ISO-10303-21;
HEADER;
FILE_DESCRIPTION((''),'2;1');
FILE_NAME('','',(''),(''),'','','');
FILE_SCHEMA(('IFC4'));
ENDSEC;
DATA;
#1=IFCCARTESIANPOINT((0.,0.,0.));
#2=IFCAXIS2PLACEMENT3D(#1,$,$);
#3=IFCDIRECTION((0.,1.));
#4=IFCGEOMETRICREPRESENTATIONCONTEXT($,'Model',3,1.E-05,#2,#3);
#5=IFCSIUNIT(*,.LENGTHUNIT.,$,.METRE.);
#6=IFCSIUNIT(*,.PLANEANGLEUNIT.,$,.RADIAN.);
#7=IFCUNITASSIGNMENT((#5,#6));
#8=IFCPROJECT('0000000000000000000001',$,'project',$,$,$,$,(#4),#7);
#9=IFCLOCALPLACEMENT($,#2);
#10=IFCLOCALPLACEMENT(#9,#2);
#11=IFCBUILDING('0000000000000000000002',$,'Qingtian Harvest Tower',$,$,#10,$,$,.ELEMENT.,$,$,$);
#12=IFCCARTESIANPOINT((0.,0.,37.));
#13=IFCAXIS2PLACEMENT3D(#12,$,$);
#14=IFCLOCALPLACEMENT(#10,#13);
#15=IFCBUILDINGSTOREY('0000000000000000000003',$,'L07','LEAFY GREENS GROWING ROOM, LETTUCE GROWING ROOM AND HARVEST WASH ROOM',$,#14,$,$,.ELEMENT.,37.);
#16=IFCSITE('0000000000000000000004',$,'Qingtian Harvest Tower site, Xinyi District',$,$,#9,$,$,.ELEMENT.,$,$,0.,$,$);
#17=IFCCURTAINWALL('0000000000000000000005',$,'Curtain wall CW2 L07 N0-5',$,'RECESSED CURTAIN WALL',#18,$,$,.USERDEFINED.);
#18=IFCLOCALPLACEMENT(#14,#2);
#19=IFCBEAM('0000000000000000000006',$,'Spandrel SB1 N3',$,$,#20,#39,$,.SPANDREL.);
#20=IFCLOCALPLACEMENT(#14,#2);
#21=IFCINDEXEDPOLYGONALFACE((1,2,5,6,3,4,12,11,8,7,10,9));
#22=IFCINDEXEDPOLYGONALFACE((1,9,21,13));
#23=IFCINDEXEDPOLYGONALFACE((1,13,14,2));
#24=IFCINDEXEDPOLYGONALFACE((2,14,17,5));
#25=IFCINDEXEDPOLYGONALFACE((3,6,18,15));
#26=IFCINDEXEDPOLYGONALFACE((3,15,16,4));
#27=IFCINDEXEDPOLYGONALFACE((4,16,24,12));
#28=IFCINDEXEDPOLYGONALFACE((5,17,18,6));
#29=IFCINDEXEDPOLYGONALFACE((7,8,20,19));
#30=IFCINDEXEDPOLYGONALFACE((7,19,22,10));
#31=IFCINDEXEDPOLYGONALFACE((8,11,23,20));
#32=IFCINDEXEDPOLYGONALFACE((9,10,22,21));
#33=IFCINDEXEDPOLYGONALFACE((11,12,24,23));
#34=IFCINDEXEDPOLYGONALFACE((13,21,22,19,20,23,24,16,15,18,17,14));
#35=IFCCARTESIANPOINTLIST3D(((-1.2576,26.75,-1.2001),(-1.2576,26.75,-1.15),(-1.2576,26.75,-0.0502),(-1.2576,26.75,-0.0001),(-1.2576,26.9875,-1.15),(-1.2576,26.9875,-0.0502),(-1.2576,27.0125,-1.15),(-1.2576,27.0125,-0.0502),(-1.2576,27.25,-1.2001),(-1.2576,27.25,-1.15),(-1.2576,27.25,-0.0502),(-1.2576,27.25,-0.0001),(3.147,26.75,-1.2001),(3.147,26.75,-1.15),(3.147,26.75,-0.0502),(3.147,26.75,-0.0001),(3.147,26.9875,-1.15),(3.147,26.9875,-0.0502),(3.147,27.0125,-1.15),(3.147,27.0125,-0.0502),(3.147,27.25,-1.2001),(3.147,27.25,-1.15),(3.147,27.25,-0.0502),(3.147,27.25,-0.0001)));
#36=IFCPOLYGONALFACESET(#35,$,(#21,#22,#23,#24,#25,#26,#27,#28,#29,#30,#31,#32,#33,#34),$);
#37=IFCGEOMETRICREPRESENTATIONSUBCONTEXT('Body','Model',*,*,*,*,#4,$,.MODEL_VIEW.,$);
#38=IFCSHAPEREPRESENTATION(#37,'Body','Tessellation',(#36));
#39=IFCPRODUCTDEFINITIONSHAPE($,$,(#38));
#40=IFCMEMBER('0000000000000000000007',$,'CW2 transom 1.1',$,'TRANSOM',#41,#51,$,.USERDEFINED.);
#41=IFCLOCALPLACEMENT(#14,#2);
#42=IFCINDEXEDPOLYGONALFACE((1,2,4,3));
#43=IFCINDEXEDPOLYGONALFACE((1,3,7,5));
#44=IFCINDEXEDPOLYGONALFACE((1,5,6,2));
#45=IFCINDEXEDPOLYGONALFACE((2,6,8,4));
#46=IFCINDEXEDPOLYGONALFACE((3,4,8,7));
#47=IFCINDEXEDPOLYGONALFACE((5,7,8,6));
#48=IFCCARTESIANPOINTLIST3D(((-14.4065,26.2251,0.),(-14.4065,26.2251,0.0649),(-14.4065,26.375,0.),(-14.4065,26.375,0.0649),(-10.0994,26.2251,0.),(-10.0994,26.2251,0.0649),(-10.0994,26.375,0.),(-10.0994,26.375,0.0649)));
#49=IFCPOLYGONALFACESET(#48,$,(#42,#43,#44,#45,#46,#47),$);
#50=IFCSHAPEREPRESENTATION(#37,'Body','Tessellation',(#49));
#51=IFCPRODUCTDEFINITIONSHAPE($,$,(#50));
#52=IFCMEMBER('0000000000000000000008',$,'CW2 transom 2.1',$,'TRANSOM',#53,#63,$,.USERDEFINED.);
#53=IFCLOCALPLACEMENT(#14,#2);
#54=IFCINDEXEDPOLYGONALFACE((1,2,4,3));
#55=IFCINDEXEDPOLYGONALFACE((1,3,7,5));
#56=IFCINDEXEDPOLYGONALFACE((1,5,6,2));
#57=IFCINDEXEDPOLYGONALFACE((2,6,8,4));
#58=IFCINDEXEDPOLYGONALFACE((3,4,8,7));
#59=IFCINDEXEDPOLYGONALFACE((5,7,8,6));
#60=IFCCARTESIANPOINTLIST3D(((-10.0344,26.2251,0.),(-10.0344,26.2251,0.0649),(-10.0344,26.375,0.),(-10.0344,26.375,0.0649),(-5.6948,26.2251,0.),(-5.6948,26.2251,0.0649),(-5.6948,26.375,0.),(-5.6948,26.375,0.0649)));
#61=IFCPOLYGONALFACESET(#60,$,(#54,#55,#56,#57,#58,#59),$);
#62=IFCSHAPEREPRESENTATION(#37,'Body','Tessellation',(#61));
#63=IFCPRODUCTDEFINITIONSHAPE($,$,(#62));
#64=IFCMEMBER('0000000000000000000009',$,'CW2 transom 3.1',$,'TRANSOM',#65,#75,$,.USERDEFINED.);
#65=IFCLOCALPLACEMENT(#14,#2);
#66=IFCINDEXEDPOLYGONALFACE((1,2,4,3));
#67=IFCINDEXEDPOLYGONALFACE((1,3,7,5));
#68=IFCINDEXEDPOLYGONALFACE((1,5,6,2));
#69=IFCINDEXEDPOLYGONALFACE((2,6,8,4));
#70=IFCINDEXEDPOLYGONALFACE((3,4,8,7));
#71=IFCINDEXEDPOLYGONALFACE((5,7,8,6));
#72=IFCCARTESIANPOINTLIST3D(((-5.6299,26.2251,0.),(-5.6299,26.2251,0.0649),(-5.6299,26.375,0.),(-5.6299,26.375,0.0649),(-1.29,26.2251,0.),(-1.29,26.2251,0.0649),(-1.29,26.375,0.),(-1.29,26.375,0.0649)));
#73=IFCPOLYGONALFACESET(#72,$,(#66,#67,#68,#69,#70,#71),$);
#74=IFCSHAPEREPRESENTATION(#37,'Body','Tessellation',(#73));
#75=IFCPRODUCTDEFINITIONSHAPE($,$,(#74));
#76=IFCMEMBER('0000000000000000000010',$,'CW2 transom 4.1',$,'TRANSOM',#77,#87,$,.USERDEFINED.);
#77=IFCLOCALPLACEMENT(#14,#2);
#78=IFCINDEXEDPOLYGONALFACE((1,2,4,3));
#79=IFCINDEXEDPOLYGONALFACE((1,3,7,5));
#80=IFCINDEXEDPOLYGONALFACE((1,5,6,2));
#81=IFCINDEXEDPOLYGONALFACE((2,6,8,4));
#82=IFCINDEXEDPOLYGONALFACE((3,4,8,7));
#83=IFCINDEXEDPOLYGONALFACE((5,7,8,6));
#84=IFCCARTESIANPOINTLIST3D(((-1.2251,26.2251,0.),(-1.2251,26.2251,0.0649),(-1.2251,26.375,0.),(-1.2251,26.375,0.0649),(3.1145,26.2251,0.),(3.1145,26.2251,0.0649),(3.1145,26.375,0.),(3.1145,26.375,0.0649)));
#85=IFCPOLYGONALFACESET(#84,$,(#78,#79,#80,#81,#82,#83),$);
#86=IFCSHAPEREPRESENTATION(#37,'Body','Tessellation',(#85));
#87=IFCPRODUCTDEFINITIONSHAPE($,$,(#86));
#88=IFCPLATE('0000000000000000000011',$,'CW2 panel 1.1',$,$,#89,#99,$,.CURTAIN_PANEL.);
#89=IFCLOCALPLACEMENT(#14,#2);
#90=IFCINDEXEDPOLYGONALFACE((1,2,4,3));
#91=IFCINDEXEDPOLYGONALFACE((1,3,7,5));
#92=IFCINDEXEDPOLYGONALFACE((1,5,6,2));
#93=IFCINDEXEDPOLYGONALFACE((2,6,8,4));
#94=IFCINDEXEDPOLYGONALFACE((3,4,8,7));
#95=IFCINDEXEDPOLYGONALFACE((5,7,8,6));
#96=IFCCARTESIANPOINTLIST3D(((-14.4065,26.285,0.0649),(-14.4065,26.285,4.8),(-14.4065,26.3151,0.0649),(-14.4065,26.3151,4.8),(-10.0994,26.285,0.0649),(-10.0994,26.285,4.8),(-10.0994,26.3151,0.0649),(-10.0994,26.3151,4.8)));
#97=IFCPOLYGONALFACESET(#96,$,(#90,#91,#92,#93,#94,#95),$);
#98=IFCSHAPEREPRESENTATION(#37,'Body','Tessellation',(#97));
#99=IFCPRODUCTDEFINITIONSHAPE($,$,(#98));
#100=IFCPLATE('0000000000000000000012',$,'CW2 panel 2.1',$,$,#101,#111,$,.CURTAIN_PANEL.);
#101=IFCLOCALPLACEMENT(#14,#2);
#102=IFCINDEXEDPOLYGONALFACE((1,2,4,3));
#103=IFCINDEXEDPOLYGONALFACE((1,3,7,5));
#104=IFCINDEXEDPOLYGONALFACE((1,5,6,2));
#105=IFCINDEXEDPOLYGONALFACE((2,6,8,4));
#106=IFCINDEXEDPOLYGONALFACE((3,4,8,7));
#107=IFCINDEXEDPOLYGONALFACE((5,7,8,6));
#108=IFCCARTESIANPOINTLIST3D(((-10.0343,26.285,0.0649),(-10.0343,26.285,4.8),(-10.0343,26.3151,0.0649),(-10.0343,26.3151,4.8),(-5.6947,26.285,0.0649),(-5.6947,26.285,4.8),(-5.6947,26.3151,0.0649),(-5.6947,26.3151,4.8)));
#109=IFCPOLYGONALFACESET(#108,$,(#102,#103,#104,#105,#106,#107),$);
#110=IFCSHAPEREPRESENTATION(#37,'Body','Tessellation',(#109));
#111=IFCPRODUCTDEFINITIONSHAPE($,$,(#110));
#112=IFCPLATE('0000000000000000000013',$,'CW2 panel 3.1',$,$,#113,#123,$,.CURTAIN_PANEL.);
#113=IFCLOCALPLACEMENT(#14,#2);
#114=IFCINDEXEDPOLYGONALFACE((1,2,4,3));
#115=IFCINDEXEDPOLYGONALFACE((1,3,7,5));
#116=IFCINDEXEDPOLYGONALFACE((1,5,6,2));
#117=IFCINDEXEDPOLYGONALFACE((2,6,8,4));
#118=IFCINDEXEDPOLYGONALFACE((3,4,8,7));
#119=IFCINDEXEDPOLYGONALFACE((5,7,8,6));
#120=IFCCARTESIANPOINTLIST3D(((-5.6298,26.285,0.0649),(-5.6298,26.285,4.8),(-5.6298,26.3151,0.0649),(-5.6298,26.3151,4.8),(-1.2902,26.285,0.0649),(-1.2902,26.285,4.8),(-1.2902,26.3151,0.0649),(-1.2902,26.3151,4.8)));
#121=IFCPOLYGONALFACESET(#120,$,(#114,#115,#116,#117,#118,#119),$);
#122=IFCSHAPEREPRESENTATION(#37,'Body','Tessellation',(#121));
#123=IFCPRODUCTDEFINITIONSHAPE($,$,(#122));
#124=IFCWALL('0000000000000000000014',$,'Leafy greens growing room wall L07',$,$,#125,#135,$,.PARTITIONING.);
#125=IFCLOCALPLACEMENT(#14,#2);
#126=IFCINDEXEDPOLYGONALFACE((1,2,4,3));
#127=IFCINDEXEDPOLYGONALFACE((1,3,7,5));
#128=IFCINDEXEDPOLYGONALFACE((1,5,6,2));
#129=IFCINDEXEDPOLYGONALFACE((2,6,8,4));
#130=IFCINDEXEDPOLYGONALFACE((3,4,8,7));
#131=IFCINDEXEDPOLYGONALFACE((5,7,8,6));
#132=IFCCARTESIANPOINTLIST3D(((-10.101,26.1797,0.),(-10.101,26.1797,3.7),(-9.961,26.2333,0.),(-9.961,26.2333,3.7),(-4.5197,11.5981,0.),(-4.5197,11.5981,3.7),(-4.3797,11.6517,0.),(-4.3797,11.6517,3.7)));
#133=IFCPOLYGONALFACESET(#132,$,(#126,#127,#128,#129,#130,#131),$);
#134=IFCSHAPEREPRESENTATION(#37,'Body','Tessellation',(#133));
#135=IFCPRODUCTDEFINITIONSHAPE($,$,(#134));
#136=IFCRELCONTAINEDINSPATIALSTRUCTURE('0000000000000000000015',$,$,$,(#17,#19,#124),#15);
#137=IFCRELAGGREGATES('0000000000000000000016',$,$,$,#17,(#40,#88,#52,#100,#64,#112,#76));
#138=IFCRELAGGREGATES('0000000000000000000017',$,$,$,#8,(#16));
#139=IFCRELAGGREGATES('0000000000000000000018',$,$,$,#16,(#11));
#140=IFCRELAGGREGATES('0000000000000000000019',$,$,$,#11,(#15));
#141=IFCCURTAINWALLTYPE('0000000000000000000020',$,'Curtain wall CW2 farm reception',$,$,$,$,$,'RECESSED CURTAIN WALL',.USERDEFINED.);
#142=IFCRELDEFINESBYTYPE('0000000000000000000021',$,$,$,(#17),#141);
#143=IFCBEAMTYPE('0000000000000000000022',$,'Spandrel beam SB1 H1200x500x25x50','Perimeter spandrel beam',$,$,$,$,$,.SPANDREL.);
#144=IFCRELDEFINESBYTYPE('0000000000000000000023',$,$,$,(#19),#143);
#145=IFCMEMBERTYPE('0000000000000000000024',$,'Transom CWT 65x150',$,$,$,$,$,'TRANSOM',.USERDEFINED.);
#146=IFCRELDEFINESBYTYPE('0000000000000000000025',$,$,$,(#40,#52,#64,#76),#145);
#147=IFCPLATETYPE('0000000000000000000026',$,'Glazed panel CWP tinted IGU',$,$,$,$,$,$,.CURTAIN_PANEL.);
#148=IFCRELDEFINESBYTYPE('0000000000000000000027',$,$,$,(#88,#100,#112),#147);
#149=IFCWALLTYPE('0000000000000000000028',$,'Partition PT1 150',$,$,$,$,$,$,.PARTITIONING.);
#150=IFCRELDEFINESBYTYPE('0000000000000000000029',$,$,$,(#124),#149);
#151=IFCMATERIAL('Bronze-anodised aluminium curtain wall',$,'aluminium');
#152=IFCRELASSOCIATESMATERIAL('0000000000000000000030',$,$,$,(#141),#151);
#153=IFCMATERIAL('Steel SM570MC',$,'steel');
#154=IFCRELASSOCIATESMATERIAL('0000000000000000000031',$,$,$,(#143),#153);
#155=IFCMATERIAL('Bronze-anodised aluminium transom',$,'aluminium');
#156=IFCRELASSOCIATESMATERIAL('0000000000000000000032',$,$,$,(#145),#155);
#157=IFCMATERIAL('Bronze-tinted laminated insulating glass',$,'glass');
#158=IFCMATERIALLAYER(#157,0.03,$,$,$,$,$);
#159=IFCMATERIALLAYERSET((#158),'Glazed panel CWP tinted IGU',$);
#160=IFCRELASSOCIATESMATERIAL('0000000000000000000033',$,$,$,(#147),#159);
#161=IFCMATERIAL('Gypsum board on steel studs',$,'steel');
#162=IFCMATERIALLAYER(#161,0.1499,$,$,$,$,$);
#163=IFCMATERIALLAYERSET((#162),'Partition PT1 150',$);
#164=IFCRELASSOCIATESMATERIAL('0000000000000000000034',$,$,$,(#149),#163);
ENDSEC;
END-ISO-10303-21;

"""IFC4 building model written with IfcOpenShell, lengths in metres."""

from ifc_helpers import new_model, si_unit, direction, frame, frame_2d, origin, origin_2d, place, context, subcontext, project, spatial, rectangle, i_section, extrude, material, layer, layer_set, material_profile, profile_set, type_object, element, aggregate, save


model = new_model("IFC4")

# Units and contexts
model_context = context("Model", 3, precision=1e-05, world=origin(), true_north=direction((0.0, 1.0)))
body_context = subcontext(model_context, "Body", "Model", "MODEL_VIEW")
ifc_project = project(units=[si_unit("LENGTHUNIT", "METRE"), si_unit("PLANEANGLEUNIT", "RADIAN")], contexts=[model_context])

# Site, building, storey
site_placement = place(None, origin())
site = spatial("IfcSite", under=ifc_project, at=site_placement, Name="Qingtian Harvest Tower site, Xinyi District", CompositionType="ELEMENT", RefElevation=0.0)
building_placement = place(site_placement, origin())
building = spatial("IfcBuilding", under=site, at=building_placement, Name="Qingtian Harvest Tower", CompositionType="ELEMENT")
storey_placement = place(building_placement, frame((0.0, 0.0, 37.0)))
storey = spatial("IfcBuildingStorey", under=building, at=storey_placement, Name="L07", Description="LEAFY GREENS GROWING ROOM, LETTUCE GROWING ROOM AND HARVEST WASH ROOM", CompositionType="ELEMENT", Elevation=37.0)

# Curtain wall
ifc_material_1 = material(Name="Bronze-anodised aluminium curtain wall", Category="aluminium")
curtain_wall_type = type_object("IfcCurtainWallType", Name="Curtain wall CW2 farm reception", ElementType="RECESSED CURTAIN WALL", PredefinedType="USERDEFINED", material=ifc_material_1)
curtain_wall_1_placement = place(storey_placement, origin())
curtain_wall_1 = element("IfcCurtainWall", 1, at=curtain_wall_1_placement, inside=storey, type_object=curtain_wall_type, Name="Curtain wall CW2 L07 N0-5", ObjectType="RECESSED CURTAIN WALL", PredefinedType="USERDEFINED")

# Beam
ifc_material_2 = material(Name="Steel SM570MC", Category="steel")
ifc_material_profile_1 = material_profile(ifc_material_2, i_section(OverallWidth=0.5, OverallDepth=1.2, WebThickness=0.0249, FlangeThickness=0.05, at=origin_2d()), Name="H1200x500x25x50")
ifc_profile_set_1 = profile_set([ifc_material_profile_1], Name="Steel SM570MC")
beam_type_1 = type_object("IfcBeamType", Name="Spandrel beam SB1 H1200x500x25x50", Description="Perimeter spandrel beam", PredefinedType="SPANDREL", material=ifc_profile_set_1)
beam_1_placement = place(storey_placement, frame((-1.2576, 27.0, -0.6001), z_axis=(1.0, 0.0, 0.0), x_axis=(0.0, 1.0, 0.0)))
element("IfcBeam", 2, at=beam_1_placement, inside=storey, type_object=beam_type_1, Name="Spandrel SB1 N3", PredefinedType="SPANDREL", context=body_context, shape_type="SweptSolid", body=[
    extrude(i_section(OverallWidth=0.5, OverallDepth=1.2, WebThickness=0.0249, FlangeThickness=0.05, at=origin_2d()), origin(), (0.0, 0.0, 1.0), 4.4045),
])

# Members
ifc_material_3 = material(Name="Bronze-anodised aluminium transom", Category="aluminium")
ifc_material_profile_2 = material_profile(ifc_material_3, rectangle(XDim=0.1499, YDim=0.0649, at=origin_2d()), Name="AL 65x150")
ifc_profile_set_2 = profile_set([ifc_material_profile_2], Name="Bronze-anodised aluminium transom")
member_type_1 = type_object("IfcMemberType", Name="Transom CWT 65x150", ElementType="TRANSOM", PredefinedType="USERDEFINED", material=ifc_profile_set_2)
member_1_placement = place(storey_placement, frame((-14.4065, 26.3, 0.0325), z_axis=(1.0, 0.0, 0.0), x_axis=(0.0, 1.0, 0.0)))
member_1 = element("IfcMember", 3, at=member_1_placement, type_object=member_type_1, Name="CW2 transom 1.1", ObjectType="TRANSOM", PredefinedType="USERDEFINED", context=body_context, shape_type="SweptSolid", body=[
    extrude(rectangle(XDim=0.1499, YDim=0.0649, at=origin_2d()), origin(), (0.0, 0.0, 1.0), 4.3071),
])
member_2_placement = place(storey_placement, frame((-10.0344, 26.3, 0.0325), z_axis=(1.0, 0.0, 0.0), x_axis=(0.0, 1.0, 0.0)))
member_2 = element("IfcMember", 4, at=member_2_placement, type_object=member_type_1, Name="CW2 transom 2.1", ObjectType="TRANSOM", PredefinedType="USERDEFINED", context=body_context, shape_type="SweptSolid", body=[
    extrude(rectangle(XDim=0.1499, YDim=0.0649, at=origin_2d()), origin(), (0.0, 0.0, 1.0), 4.3396),
])
member_3_placement = place(storey_placement, frame((-5.6299, 26.3, 0.0325), z_axis=(1.0, 0.0, 0.0), x_axis=(0.0, 1.0, 0.0)))
member_3 = element("IfcMember", 5, at=member_3_placement, type_object=member_type_1, Name="CW2 transom 3.1", ObjectType="TRANSOM", PredefinedType="USERDEFINED", context=body_context, shape_type="SweptSolid", body=[
    extrude(rectangle(XDim=0.1499, YDim=0.0649, at=origin_2d()), origin(), (0.0, 0.0, 1.0), 4.3398),
])
member_4_placement = place(storey_placement, frame((-1.2251, 26.3, 0.0325), z_axis=(1.0, 0.0, 0.0), x_axis=(0.0, 1.0, 0.0)))
member_4 = element("IfcMember", 6, at=member_4_placement, type_object=member_type_1, Name="CW2 transom 4.1", ObjectType="TRANSOM", PredefinedType="USERDEFINED", context=body_context, shape_type="SweptSolid", body=[
    extrude(rectangle(XDim=0.1499, YDim=0.0649, at=origin_2d()), origin(), (0.0, 0.0, 1.0), 4.3396),
])

# Plates
ifc_material_4 = material(Name="Bronze-tinted laminated insulating glass", Category="glass")
ifc_layer_1 = layer(ifc_material_4, 0.03)
ifc_layer_set_1 = layer_set([ifc_layer_1], Name="Glazed panel CWP tinted IGU")
plate_type = type_object("IfcPlateType", Name="Glazed panel CWP tinted IGU", PredefinedType="CURTAIN_PANEL", material=ifc_layer_set_1)
plate_1_placement = place(storey_placement, frame((-12.2529, 26.3, 0.0649), z_axis=(0.0, 0.0, 1.0), x_axis=(1.0, 0.0, 0.0)))
plate_1 = element("IfcPlate", 7, at=plate_1_placement, type_object=plate_type, Name="CW2 panel 1.1", PredefinedType="CURTAIN_PANEL", context=body_context, shape_type="SweptSolid", body=[
    extrude(rectangle(XDim=4.3071, YDim=0.03, at=origin_2d()), origin(), (0.0, 0.0, 1.0), 4.7351),
])
plate_2_placement = place(storey_placement, frame((-7.8645, 26.3, 0.0649), z_axis=(0.0, 0.0, 1.0), x_axis=(1.0, 0.0, 0.0)))
plate_2 = element("IfcPlate", 8, at=plate_2_placement, type_object=plate_type, Name="CW2 panel 2.1", PredefinedType="CURTAIN_PANEL", context=body_context, shape_type="SweptSolid", body=[
    extrude(rectangle(XDim=4.3396, YDim=0.03, at=origin_2d()), origin(), (0.0, 0.0, 1.0), 4.7351),
])
plate_3_placement = place(storey_placement, frame((-3.46, 26.3, 0.0649), z_axis=(0.0, 0.0, 1.0), x_axis=(1.0, 0.0, 0.0)))
plate_3 = element("IfcPlate", 9, at=plate_3_placement, type_object=plate_type, Name="CW2 panel 3.1", PredefinedType="CURTAIN_PANEL", context=body_context, shape_type="SweptSolid", body=[
    extrude(rectangle(XDim=4.3396, YDim=0.03, at=origin_2d()), origin(), (0.0, 0.0, 1.0), 4.7351),
])
aggregate(curtain_wall_1, [member_1, plate_1, member_2, plate_2, member_3, plate_3, member_4])

# Wall
ifc_material_5 = material(Name="Gypsum board on steel studs", Category="steel")
ifc_layer_2 = layer(ifc_material_5, 0.1499)
ifc_layer_set_2 = layer_set([ifc_layer_2], Name="Partition PT1 150")
wall_type = type_object("IfcWallType", Name="Partition PT1 150", PredefinedType="PARTITIONING", material=ifc_layer_set_2)
wall_1_placement = place(storey_placement, frame((-10.031, 26.2065, 0.0), z_axis=(0.0, 0.0, 1.0), x_axis=(0.357473, -0.933924, 0.0)))
element("IfcWall", 10, at=wall_1_placement, inside=storey, type_object=wall_type, Name="Leafy greens growing room wall L07", PredefinedType="PARTITIONING", context=body_context, shape_type="SweptSolid", body=[
    extrude(rectangle(XDim=15.6133, YDim=0.1499, at=frame_2d((7.8066, 0.0))), origin(), (0.0, 0.0, 1.0), 3.7),
])

save(model, "model.ifc")
